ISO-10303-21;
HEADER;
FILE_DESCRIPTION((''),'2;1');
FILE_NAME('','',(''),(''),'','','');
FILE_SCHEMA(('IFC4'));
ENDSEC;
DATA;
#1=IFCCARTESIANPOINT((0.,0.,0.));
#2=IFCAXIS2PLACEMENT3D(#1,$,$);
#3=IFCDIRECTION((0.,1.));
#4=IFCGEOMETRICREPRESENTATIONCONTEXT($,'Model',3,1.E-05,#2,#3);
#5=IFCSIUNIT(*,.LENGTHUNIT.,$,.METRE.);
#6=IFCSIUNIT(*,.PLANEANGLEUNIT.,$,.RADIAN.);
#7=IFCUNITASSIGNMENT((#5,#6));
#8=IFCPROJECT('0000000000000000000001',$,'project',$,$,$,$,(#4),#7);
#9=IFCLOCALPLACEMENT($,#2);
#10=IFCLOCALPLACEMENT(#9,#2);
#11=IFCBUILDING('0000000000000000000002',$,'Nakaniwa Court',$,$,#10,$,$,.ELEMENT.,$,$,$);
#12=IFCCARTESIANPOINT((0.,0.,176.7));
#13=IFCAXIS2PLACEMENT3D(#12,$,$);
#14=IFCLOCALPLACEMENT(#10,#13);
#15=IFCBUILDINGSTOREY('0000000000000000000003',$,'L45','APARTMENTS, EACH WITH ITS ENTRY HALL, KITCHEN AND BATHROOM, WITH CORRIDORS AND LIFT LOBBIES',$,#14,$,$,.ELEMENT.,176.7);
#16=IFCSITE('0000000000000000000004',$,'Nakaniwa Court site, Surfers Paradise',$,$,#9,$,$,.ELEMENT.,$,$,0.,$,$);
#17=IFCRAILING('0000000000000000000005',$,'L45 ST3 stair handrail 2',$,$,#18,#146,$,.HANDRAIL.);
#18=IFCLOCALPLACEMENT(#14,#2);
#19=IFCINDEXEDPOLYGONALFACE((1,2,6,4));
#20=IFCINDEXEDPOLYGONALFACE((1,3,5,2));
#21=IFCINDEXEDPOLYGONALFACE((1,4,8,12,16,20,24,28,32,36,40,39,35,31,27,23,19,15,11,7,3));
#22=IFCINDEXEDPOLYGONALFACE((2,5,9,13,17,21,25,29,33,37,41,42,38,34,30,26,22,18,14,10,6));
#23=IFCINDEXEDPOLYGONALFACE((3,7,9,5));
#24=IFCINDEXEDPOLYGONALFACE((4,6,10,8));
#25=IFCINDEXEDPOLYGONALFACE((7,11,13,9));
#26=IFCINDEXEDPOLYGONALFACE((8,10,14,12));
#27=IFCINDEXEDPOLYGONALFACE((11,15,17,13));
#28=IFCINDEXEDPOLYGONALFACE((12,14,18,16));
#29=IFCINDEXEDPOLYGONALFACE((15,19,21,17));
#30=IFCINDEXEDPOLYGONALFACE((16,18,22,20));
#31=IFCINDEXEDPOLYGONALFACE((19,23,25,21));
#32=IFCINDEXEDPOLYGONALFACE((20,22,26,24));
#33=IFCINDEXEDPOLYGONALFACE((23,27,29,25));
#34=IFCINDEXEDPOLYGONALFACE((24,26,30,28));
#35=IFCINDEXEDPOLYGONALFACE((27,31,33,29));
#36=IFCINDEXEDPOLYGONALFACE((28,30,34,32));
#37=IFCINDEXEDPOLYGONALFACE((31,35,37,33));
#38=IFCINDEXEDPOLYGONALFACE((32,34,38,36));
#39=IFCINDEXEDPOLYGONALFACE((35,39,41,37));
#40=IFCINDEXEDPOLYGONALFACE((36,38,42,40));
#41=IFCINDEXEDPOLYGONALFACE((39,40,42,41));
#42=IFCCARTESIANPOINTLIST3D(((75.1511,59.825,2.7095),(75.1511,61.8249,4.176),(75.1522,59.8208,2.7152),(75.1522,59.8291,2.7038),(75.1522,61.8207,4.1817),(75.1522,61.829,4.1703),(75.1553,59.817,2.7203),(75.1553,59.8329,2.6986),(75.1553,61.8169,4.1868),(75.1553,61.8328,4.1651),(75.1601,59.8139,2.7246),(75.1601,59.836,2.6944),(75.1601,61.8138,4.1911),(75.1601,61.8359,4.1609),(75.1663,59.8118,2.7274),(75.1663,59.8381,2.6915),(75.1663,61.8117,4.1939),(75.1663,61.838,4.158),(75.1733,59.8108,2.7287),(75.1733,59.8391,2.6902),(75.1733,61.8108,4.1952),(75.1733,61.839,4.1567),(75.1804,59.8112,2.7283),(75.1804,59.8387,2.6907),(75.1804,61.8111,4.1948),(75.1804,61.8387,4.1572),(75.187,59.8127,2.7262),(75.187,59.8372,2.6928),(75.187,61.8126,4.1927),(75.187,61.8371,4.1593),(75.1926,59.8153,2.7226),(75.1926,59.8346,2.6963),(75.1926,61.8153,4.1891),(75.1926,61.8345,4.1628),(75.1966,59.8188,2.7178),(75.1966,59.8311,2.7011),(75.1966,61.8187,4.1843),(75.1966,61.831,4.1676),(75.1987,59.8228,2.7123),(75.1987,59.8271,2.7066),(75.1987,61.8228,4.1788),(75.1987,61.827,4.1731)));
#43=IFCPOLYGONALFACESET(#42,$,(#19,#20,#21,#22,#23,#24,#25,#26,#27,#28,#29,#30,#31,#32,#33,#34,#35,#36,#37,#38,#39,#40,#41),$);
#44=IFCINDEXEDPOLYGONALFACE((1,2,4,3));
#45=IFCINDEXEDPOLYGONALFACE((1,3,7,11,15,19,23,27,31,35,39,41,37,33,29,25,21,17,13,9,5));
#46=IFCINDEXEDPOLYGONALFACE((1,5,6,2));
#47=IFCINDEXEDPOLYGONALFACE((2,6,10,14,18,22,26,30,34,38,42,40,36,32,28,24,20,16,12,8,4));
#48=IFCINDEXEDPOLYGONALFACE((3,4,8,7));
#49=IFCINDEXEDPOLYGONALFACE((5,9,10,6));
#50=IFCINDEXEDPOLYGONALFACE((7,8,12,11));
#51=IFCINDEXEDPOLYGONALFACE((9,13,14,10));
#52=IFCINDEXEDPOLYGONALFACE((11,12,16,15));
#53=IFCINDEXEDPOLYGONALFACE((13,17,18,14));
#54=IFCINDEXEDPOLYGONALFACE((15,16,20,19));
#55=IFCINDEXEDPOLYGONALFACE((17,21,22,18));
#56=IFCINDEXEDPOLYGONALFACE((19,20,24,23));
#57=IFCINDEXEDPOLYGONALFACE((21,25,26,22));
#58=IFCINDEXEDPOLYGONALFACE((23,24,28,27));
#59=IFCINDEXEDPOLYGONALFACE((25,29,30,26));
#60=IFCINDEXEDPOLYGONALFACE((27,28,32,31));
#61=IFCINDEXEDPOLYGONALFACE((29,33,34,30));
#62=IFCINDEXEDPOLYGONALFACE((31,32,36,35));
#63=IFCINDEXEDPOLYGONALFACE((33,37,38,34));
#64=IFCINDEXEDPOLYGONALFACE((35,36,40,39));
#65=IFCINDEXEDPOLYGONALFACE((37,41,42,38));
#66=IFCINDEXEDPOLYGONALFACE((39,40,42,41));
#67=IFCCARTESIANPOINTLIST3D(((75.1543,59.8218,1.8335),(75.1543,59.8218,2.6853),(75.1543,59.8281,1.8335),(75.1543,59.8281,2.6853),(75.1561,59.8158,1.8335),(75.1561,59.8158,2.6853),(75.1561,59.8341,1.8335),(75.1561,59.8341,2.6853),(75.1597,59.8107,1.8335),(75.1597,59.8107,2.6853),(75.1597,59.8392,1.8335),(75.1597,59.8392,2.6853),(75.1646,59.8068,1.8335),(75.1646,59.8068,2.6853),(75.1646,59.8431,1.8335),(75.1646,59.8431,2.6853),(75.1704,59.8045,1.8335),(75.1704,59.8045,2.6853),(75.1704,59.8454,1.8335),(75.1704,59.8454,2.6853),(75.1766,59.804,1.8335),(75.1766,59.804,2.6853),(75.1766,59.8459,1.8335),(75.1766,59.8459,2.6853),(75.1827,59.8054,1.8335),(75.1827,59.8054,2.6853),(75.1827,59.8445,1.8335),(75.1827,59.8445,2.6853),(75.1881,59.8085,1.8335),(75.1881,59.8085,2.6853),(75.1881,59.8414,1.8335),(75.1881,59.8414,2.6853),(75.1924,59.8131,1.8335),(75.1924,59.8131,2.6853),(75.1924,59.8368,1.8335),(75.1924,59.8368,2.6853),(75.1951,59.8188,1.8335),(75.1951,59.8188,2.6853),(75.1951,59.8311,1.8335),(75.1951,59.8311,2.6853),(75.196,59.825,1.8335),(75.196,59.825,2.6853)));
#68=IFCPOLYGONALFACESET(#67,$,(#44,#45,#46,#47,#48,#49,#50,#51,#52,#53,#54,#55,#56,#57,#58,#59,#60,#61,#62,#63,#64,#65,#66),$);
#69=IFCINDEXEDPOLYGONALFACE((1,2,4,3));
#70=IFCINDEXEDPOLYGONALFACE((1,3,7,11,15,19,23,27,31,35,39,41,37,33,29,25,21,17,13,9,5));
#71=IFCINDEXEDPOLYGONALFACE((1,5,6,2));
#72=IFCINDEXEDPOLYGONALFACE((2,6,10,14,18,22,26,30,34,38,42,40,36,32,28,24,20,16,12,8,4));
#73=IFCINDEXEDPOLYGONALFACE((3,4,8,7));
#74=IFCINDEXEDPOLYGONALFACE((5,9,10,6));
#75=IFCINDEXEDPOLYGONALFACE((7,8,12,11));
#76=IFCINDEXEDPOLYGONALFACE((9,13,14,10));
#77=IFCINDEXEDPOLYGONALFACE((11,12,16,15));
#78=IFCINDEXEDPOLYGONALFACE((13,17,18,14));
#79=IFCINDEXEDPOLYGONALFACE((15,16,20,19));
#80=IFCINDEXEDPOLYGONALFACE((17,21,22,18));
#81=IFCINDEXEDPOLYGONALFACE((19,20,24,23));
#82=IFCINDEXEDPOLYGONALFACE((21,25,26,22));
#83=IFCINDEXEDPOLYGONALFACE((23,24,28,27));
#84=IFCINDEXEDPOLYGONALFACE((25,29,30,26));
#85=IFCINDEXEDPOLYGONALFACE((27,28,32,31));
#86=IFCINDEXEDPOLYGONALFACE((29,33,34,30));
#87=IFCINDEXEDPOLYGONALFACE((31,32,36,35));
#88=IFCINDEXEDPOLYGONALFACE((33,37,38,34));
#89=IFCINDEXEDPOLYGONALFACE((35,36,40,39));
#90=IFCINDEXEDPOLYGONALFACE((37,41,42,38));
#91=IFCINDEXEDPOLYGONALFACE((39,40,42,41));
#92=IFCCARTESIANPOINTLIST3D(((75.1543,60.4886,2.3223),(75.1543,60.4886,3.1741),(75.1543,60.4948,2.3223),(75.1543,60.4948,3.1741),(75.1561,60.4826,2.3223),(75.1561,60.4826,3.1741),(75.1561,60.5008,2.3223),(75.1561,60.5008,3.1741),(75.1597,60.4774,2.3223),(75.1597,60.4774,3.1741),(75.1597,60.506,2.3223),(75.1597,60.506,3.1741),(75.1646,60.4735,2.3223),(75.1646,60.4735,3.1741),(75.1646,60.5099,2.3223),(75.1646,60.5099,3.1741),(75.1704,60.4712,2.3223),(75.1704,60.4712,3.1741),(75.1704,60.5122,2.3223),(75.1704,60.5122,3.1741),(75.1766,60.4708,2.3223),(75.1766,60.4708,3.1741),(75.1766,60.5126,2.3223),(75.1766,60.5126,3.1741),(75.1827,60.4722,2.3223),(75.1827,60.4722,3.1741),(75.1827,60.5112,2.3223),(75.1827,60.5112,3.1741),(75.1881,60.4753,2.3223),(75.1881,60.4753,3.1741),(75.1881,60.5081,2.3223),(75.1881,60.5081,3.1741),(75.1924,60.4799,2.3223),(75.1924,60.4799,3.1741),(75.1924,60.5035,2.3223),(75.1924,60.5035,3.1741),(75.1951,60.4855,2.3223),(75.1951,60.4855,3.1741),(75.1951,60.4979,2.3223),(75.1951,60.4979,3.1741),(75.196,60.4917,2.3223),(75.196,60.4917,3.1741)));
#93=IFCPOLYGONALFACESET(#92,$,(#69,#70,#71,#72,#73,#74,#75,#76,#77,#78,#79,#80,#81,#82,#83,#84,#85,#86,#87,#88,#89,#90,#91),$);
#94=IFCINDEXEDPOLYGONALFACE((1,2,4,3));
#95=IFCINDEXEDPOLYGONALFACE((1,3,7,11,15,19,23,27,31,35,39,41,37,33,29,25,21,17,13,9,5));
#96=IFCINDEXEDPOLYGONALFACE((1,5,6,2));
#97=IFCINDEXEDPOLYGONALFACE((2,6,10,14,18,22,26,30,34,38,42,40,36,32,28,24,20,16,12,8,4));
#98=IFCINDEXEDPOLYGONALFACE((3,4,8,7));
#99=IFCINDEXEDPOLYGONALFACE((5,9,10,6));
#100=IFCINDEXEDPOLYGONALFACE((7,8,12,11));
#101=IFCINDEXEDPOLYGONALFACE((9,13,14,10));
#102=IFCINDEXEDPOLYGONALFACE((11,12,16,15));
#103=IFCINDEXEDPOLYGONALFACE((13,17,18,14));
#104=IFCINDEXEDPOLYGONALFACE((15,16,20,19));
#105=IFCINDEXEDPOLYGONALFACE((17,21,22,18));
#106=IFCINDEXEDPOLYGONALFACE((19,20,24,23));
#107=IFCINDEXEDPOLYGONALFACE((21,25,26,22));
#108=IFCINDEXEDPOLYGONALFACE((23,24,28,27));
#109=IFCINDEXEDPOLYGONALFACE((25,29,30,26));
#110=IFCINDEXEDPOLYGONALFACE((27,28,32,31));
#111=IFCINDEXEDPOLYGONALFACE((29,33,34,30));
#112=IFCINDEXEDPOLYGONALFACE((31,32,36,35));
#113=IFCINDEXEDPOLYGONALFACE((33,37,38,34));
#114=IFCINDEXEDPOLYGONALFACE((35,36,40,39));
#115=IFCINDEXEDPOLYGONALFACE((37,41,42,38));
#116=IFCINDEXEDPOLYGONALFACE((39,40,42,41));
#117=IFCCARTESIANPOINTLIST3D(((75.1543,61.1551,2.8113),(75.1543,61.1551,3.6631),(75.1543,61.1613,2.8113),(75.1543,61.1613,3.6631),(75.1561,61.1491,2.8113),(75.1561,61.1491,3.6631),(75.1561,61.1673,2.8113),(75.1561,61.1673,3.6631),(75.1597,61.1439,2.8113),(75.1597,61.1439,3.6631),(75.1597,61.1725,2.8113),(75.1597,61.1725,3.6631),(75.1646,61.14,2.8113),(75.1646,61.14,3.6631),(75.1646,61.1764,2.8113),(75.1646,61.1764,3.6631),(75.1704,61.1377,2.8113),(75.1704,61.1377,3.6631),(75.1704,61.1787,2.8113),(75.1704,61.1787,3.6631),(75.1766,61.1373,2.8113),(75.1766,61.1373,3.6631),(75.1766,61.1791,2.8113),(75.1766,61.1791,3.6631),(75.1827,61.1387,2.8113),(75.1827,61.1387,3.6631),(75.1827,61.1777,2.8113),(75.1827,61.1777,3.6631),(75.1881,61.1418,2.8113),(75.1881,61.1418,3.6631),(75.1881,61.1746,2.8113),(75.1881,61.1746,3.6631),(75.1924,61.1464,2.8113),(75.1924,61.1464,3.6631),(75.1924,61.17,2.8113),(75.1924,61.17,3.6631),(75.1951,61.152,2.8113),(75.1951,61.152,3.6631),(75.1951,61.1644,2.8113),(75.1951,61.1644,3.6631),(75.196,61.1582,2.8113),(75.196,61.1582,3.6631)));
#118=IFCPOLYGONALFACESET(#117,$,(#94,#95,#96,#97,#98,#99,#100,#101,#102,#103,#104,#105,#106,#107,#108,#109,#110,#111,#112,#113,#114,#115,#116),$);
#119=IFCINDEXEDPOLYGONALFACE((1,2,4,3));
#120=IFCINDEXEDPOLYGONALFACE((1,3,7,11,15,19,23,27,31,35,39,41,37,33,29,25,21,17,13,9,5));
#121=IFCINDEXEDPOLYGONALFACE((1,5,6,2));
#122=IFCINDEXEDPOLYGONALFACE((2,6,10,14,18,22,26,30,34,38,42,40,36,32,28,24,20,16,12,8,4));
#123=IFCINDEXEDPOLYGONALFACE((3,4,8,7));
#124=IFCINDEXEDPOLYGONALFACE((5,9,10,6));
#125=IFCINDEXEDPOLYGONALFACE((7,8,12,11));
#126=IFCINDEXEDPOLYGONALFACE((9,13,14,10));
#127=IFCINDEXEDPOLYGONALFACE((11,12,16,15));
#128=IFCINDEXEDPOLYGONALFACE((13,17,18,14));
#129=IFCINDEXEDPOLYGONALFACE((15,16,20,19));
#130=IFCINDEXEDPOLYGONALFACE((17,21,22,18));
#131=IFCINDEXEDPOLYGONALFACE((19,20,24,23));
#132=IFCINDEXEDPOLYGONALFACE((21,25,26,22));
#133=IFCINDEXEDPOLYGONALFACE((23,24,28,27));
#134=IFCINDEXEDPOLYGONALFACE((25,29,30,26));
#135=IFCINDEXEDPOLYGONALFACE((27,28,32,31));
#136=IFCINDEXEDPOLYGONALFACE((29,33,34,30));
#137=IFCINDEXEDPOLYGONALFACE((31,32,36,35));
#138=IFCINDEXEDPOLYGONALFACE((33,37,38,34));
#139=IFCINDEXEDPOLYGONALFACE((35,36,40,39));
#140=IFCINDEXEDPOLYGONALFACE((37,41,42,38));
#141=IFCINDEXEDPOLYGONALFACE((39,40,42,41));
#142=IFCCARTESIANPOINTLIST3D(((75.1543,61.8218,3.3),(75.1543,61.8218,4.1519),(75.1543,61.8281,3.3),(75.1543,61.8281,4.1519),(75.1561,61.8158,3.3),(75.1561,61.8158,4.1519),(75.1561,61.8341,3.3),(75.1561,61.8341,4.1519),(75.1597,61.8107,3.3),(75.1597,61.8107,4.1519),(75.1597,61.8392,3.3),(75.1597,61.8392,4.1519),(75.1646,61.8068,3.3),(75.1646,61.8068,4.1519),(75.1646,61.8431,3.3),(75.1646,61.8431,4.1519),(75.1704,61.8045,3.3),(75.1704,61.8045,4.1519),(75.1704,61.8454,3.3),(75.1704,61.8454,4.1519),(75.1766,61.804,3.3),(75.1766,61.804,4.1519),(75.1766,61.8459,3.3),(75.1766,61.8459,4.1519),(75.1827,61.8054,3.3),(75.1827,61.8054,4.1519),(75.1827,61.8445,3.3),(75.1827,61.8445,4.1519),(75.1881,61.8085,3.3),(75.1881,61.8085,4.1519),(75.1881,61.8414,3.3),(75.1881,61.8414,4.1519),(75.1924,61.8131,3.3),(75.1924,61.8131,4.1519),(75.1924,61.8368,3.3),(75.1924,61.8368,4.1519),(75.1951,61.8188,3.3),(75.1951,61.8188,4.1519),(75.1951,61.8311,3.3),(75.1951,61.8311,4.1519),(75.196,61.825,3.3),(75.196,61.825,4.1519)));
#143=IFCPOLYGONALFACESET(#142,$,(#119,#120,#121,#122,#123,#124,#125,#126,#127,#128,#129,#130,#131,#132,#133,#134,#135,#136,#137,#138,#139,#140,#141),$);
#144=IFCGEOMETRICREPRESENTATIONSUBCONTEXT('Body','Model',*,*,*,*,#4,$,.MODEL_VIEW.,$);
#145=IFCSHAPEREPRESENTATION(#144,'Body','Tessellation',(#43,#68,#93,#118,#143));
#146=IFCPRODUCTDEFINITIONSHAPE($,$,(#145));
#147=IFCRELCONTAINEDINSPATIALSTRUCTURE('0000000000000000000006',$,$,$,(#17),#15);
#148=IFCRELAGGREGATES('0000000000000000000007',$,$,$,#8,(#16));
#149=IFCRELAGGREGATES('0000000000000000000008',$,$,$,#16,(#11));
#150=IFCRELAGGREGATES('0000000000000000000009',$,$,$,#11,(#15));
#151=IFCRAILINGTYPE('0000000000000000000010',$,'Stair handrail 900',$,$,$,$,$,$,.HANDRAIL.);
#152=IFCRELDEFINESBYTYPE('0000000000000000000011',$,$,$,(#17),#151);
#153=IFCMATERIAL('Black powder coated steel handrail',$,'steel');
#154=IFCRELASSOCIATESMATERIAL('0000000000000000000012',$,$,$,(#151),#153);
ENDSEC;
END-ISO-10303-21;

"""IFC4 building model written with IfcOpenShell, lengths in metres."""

from ifc_helpers import new_model, si_unit, direction, frame, origin, origin_2d, place, context, subcontext, project, spatial, circle, extrude, material, type_object, element, save


model = new_model("IFC4")

# Units and contexts
model_context = context("Model", 3, precision=1e-05, world=origin(), true_north=direction((0.0, 1.0)))
body_context = subcontext(model_context, "Body", "Model", "MODEL_VIEW")
ifc_project = project(units=[si_unit("LENGTHUNIT", "METRE"), si_unit("PLANEANGLEUNIT", "RADIAN")], contexts=[model_context])

# Site, building, storey
site_placement = place(None, origin())
site = spatial("IfcSite", under=ifc_project, at=site_placement, Name="Nakaniwa Court site, Surfers Paradise", CompositionType="ELEMENT", RefElevation=0.0)
building_placement = place(site_placement, origin())
building = spatial("IfcBuilding", under=site, at=building_placement, Name="Nakaniwa Court", CompositionType="ELEMENT")
storey_placement = place(building_placement, frame((0.0, 0.0, 176.7)))
storey = spatial("IfcBuildingStorey", under=building, at=storey_placement, Name="L45", Description="APARTMENTS, EACH WITH ITS ENTRY HALL, KITCHEN AND BATHROOM, WITH CORRIDORS AND LIFT LOBBIES", CompositionType="ELEMENT", Elevation=176.7)

# Railing
ifc_material_1 = material(Name="Black powder coated steel handrail", Category="steel")
railing_type_1 = type_object("IfcRailingType", Name="Stair handrail 900", PredefinedType="HANDRAIL", material=ifc_material_1)
railing_1_placement = place(storey_placement, frame((75.175, 59.825, 1.8335)))
element("IfcRailing", 1, at=railing_1_placement, inside=storey, type_object=railing_type_1, Name="L45 ST3 stair handrail 2", PredefinedType="HANDRAIL", context=body_context, shape_type="SweptSolid", body=[
    extrude(circle(Radius=0.0239, at=origin_2d()), frame((0.0, 0.0, 0.876), z_axis=(0.0, 0.806427, 0.591334), x_axis=(-1.0, 0.0, 0.0)), (0.0, 0.0, 1.0), 2.48),
    extrude(circle(Radius=0.021, at=origin_2d()), origin(), (0.0, 0.0, 1.0), 0.8518),
    extrude(circle(Radius=0.021, at=origin_2d()), frame((0.0, 0.6667, 0.4888)), (0.0, 0.0, 1.0), 0.8518),
    extrude(circle(Radius=0.021, at=origin_2d()), frame((0.0, 1.3333, 0.9778)), (0.0, 0.0, 1.0), 0.8518),
    extrude(circle(Radius=0.021, at=origin_2d()), frame((0.0, 2.0, 1.4666)), (0.0, 0.0, 1.0), 0.8518),
])

save(model, "model.ifc")
